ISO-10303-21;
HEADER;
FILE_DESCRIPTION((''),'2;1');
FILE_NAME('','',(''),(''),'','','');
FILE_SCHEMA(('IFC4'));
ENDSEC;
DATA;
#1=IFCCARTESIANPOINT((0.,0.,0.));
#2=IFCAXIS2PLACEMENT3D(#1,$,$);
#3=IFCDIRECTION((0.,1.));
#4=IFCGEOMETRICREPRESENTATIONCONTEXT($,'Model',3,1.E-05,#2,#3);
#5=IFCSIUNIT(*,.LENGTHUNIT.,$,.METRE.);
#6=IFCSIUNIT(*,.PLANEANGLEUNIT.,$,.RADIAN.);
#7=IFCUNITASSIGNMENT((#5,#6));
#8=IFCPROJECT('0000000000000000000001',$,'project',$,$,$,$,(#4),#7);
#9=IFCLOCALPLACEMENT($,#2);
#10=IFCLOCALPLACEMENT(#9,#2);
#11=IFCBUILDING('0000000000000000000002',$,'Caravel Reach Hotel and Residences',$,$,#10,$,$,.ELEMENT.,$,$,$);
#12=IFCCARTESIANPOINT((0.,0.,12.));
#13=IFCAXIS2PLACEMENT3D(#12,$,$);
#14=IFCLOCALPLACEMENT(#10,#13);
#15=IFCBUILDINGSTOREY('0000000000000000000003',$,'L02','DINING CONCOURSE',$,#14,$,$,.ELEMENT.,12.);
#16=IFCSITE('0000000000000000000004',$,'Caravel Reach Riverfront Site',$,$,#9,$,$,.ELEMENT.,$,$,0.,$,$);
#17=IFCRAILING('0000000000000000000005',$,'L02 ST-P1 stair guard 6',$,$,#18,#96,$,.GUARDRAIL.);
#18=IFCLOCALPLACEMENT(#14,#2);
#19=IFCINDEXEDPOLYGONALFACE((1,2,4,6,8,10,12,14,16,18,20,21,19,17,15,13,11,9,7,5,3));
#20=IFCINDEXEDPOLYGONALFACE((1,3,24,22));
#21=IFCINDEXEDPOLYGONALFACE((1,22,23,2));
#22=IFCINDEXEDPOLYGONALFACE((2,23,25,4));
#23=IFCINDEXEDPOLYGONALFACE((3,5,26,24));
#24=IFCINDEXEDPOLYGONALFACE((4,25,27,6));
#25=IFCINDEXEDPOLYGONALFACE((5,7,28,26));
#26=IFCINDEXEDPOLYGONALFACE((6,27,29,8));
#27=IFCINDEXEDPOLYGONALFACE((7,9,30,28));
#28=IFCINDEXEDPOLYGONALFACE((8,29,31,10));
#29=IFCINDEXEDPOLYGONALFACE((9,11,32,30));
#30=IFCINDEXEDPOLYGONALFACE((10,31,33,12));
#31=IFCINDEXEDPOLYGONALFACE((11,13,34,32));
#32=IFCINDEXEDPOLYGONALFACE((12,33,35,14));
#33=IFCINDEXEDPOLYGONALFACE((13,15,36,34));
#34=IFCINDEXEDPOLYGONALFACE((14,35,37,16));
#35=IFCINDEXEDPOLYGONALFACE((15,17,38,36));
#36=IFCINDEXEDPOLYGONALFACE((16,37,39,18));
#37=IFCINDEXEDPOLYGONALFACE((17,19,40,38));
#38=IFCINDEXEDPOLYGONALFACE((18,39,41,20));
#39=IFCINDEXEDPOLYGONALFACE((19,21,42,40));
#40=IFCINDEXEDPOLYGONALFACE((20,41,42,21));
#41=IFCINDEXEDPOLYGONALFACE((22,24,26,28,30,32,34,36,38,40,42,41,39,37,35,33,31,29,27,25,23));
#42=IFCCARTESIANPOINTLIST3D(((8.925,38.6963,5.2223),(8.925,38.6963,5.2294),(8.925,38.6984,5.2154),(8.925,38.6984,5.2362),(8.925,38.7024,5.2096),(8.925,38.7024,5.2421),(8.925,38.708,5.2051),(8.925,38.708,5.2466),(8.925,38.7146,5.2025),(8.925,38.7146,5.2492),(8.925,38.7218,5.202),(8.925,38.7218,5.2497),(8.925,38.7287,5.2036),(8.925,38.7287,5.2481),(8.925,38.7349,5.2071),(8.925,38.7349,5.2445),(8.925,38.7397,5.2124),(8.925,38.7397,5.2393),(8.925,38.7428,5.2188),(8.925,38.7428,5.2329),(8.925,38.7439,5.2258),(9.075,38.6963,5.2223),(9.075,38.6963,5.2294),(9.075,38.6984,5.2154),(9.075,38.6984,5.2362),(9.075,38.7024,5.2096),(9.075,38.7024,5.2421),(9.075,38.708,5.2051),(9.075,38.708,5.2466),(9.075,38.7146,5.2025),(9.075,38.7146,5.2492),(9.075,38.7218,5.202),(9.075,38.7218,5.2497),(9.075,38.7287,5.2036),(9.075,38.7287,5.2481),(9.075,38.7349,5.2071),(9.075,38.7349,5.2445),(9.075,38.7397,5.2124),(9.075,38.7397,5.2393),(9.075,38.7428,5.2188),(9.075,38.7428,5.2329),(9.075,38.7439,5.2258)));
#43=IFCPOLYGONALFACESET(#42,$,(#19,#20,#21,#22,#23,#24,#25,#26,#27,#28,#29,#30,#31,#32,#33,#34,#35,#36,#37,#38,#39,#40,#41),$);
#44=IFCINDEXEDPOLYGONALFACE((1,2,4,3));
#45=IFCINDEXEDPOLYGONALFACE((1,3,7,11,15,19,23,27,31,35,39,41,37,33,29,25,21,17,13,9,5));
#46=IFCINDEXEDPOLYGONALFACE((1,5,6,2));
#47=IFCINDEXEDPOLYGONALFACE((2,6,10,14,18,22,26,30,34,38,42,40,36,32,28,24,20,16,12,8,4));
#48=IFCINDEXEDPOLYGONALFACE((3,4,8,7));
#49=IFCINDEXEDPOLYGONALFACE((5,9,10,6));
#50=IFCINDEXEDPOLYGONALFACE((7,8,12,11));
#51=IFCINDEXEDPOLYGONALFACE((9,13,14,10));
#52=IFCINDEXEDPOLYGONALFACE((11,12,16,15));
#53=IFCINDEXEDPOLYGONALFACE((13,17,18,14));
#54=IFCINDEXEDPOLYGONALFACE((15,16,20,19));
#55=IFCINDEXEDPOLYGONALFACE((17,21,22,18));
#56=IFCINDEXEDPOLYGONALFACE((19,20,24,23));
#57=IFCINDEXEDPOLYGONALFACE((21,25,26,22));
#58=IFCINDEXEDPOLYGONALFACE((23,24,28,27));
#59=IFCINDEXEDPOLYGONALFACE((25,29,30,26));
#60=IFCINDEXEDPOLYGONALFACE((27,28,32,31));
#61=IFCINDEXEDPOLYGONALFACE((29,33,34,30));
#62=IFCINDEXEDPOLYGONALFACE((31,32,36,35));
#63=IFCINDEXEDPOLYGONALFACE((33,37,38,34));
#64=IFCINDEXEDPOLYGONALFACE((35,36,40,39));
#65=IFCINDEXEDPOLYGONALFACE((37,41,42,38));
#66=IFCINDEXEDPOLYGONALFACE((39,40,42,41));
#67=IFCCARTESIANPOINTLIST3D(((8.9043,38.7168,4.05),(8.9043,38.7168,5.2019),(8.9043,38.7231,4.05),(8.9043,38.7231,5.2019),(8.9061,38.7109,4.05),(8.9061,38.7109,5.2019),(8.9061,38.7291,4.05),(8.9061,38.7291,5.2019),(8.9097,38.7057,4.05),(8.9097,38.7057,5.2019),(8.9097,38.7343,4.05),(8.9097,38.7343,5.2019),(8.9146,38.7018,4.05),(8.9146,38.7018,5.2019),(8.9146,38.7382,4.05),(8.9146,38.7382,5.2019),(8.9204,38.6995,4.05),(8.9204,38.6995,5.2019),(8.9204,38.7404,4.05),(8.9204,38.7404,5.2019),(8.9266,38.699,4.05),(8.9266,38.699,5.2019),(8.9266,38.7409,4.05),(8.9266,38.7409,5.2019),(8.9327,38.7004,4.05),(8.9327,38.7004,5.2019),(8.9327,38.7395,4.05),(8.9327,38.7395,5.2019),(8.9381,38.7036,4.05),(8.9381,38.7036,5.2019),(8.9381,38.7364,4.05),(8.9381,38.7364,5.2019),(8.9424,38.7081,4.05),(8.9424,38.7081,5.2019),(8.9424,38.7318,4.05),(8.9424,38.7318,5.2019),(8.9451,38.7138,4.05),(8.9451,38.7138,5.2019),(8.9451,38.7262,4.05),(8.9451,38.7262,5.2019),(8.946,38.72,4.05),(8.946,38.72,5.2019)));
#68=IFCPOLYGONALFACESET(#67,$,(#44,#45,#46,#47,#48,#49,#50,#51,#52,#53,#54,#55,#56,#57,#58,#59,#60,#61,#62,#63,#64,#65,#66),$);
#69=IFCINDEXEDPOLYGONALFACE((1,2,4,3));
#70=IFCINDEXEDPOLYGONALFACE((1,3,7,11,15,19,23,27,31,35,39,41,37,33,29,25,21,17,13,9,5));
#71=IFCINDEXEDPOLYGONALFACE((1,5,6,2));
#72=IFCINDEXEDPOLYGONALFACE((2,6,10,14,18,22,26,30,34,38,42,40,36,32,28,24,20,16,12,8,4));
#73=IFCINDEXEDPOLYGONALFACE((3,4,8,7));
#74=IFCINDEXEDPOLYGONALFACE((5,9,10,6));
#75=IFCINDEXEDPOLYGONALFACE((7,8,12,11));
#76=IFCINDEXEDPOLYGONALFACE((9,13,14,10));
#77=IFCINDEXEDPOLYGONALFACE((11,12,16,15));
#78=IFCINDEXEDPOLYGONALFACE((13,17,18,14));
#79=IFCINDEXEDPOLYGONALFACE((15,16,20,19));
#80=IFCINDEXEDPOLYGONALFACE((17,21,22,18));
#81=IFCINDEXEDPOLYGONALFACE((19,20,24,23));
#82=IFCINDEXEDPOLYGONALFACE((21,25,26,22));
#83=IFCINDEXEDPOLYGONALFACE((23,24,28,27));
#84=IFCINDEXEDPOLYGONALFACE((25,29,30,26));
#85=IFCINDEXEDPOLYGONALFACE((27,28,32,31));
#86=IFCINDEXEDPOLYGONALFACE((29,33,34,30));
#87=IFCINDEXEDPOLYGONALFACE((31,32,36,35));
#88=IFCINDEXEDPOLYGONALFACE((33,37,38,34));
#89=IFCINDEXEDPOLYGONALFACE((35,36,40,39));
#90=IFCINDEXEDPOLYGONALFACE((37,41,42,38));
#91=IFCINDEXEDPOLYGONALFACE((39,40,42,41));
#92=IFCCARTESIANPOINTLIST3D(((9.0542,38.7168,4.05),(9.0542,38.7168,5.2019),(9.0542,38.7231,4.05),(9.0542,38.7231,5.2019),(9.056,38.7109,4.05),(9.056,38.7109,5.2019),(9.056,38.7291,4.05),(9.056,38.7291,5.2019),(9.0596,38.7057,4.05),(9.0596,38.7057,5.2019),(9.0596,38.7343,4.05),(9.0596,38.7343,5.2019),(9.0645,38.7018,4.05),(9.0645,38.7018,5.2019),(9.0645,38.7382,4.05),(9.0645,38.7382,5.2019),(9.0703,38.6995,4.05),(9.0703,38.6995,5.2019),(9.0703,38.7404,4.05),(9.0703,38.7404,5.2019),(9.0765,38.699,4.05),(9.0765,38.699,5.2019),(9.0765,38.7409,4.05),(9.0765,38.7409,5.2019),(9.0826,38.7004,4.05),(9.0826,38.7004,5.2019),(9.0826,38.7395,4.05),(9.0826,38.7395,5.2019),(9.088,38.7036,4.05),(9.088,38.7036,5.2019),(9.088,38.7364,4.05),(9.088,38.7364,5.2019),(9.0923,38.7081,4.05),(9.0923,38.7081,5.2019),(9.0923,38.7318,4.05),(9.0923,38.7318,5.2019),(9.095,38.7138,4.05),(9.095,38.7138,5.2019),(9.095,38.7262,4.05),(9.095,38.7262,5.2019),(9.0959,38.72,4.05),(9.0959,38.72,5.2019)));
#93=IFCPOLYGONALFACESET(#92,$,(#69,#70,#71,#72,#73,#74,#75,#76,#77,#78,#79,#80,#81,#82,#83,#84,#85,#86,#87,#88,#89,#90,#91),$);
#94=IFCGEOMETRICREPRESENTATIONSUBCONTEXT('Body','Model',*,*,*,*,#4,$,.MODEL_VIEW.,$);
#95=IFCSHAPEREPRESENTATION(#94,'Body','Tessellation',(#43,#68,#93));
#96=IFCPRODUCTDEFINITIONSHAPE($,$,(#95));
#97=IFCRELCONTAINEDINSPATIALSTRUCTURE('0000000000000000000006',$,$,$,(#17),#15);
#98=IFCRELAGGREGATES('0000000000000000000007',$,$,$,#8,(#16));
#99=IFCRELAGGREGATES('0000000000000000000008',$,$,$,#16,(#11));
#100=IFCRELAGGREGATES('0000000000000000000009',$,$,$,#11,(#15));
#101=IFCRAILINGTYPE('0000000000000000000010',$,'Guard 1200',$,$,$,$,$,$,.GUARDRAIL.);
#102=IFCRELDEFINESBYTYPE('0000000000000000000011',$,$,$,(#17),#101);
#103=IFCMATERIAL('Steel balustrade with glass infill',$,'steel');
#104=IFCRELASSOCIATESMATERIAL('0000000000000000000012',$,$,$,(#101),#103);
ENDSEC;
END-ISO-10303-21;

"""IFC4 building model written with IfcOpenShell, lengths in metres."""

from ifc_helpers import new_model, si_unit, direction, frame, origin, origin_2d, place, context, subcontext, project, spatial, circle, extrude, material, type_object, element, save


model = new_model("IFC4")

# Units and contexts
model_context = context("Model", 3, precision=1e-05, world=origin(), true_north=direction((0.0, 1.0)))
body_context = subcontext(model_context, "Body", "Model", "MODEL_VIEW")
ifc_project = project(units=[si_unit("LENGTHUNIT", "METRE"), si_unit("PLANEANGLEUNIT", "RADIAN")], contexts=[model_context])

# Site, building, storey
site_placement = place(None, origin())
site = spatial("IfcSite", under=ifc_project, at=site_placement, Name="Caravel Reach Riverfront Site", CompositionType="ELEMENT", RefElevation=0.0)
building_placement = place(site_placement, origin())
building = spatial("IfcBuilding", under=site, at=building_placement, Name="Caravel Reach Hotel and Residences", CompositionType="ELEMENT")
storey_placement = place(building_placement, frame((0.0, 0.0, 12.0)))
storey = spatial("IfcBuildingStorey", under=building, at=storey_placement, Name="L02", Description="DINING CONCOURSE", CompositionType="ELEMENT", Elevation=12.0)

# Railing
ifc_material_1 = material(Name="Steel balustrade with glass infill", Category="steel")
railing_type_1 = type_object("IfcRailingType", Name="Guard 1200", PredefinedType="GUARDRAIL", material=ifc_material_1)
railing_1_placement = place(storey_placement, frame((8.925, 38.72, 4.05)))
element("IfcRailing", 1, at=railing_1_placement, inside=storey, type_object=railing_type_1, Name="L02 ST-P1 stair guard 6", PredefinedType="GUARDRAIL", context=body_context, shape_type="SweptSolid", body=[
    extrude(circle(Radius=0.0239, at=origin_2d()), frame((0.0, 0.0, 1.1758), z_axis=(1.0, 0.0, 0.0), x_axis=(0.0, 1.0, 0.0)), (0.0, 0.0, 1.0), 0.1499),
    extrude(circle(Radius=0.021, at=origin_2d()), origin(), (0.0, 0.0, 1.0), 1.1519),
    extrude(circle(Radius=0.021, at=origin_2d()), frame((0.1499, 0.0, 0.0)), (0.0, 0.0, 1.0), 1.1519),
])

save(model, "model.ifc")
